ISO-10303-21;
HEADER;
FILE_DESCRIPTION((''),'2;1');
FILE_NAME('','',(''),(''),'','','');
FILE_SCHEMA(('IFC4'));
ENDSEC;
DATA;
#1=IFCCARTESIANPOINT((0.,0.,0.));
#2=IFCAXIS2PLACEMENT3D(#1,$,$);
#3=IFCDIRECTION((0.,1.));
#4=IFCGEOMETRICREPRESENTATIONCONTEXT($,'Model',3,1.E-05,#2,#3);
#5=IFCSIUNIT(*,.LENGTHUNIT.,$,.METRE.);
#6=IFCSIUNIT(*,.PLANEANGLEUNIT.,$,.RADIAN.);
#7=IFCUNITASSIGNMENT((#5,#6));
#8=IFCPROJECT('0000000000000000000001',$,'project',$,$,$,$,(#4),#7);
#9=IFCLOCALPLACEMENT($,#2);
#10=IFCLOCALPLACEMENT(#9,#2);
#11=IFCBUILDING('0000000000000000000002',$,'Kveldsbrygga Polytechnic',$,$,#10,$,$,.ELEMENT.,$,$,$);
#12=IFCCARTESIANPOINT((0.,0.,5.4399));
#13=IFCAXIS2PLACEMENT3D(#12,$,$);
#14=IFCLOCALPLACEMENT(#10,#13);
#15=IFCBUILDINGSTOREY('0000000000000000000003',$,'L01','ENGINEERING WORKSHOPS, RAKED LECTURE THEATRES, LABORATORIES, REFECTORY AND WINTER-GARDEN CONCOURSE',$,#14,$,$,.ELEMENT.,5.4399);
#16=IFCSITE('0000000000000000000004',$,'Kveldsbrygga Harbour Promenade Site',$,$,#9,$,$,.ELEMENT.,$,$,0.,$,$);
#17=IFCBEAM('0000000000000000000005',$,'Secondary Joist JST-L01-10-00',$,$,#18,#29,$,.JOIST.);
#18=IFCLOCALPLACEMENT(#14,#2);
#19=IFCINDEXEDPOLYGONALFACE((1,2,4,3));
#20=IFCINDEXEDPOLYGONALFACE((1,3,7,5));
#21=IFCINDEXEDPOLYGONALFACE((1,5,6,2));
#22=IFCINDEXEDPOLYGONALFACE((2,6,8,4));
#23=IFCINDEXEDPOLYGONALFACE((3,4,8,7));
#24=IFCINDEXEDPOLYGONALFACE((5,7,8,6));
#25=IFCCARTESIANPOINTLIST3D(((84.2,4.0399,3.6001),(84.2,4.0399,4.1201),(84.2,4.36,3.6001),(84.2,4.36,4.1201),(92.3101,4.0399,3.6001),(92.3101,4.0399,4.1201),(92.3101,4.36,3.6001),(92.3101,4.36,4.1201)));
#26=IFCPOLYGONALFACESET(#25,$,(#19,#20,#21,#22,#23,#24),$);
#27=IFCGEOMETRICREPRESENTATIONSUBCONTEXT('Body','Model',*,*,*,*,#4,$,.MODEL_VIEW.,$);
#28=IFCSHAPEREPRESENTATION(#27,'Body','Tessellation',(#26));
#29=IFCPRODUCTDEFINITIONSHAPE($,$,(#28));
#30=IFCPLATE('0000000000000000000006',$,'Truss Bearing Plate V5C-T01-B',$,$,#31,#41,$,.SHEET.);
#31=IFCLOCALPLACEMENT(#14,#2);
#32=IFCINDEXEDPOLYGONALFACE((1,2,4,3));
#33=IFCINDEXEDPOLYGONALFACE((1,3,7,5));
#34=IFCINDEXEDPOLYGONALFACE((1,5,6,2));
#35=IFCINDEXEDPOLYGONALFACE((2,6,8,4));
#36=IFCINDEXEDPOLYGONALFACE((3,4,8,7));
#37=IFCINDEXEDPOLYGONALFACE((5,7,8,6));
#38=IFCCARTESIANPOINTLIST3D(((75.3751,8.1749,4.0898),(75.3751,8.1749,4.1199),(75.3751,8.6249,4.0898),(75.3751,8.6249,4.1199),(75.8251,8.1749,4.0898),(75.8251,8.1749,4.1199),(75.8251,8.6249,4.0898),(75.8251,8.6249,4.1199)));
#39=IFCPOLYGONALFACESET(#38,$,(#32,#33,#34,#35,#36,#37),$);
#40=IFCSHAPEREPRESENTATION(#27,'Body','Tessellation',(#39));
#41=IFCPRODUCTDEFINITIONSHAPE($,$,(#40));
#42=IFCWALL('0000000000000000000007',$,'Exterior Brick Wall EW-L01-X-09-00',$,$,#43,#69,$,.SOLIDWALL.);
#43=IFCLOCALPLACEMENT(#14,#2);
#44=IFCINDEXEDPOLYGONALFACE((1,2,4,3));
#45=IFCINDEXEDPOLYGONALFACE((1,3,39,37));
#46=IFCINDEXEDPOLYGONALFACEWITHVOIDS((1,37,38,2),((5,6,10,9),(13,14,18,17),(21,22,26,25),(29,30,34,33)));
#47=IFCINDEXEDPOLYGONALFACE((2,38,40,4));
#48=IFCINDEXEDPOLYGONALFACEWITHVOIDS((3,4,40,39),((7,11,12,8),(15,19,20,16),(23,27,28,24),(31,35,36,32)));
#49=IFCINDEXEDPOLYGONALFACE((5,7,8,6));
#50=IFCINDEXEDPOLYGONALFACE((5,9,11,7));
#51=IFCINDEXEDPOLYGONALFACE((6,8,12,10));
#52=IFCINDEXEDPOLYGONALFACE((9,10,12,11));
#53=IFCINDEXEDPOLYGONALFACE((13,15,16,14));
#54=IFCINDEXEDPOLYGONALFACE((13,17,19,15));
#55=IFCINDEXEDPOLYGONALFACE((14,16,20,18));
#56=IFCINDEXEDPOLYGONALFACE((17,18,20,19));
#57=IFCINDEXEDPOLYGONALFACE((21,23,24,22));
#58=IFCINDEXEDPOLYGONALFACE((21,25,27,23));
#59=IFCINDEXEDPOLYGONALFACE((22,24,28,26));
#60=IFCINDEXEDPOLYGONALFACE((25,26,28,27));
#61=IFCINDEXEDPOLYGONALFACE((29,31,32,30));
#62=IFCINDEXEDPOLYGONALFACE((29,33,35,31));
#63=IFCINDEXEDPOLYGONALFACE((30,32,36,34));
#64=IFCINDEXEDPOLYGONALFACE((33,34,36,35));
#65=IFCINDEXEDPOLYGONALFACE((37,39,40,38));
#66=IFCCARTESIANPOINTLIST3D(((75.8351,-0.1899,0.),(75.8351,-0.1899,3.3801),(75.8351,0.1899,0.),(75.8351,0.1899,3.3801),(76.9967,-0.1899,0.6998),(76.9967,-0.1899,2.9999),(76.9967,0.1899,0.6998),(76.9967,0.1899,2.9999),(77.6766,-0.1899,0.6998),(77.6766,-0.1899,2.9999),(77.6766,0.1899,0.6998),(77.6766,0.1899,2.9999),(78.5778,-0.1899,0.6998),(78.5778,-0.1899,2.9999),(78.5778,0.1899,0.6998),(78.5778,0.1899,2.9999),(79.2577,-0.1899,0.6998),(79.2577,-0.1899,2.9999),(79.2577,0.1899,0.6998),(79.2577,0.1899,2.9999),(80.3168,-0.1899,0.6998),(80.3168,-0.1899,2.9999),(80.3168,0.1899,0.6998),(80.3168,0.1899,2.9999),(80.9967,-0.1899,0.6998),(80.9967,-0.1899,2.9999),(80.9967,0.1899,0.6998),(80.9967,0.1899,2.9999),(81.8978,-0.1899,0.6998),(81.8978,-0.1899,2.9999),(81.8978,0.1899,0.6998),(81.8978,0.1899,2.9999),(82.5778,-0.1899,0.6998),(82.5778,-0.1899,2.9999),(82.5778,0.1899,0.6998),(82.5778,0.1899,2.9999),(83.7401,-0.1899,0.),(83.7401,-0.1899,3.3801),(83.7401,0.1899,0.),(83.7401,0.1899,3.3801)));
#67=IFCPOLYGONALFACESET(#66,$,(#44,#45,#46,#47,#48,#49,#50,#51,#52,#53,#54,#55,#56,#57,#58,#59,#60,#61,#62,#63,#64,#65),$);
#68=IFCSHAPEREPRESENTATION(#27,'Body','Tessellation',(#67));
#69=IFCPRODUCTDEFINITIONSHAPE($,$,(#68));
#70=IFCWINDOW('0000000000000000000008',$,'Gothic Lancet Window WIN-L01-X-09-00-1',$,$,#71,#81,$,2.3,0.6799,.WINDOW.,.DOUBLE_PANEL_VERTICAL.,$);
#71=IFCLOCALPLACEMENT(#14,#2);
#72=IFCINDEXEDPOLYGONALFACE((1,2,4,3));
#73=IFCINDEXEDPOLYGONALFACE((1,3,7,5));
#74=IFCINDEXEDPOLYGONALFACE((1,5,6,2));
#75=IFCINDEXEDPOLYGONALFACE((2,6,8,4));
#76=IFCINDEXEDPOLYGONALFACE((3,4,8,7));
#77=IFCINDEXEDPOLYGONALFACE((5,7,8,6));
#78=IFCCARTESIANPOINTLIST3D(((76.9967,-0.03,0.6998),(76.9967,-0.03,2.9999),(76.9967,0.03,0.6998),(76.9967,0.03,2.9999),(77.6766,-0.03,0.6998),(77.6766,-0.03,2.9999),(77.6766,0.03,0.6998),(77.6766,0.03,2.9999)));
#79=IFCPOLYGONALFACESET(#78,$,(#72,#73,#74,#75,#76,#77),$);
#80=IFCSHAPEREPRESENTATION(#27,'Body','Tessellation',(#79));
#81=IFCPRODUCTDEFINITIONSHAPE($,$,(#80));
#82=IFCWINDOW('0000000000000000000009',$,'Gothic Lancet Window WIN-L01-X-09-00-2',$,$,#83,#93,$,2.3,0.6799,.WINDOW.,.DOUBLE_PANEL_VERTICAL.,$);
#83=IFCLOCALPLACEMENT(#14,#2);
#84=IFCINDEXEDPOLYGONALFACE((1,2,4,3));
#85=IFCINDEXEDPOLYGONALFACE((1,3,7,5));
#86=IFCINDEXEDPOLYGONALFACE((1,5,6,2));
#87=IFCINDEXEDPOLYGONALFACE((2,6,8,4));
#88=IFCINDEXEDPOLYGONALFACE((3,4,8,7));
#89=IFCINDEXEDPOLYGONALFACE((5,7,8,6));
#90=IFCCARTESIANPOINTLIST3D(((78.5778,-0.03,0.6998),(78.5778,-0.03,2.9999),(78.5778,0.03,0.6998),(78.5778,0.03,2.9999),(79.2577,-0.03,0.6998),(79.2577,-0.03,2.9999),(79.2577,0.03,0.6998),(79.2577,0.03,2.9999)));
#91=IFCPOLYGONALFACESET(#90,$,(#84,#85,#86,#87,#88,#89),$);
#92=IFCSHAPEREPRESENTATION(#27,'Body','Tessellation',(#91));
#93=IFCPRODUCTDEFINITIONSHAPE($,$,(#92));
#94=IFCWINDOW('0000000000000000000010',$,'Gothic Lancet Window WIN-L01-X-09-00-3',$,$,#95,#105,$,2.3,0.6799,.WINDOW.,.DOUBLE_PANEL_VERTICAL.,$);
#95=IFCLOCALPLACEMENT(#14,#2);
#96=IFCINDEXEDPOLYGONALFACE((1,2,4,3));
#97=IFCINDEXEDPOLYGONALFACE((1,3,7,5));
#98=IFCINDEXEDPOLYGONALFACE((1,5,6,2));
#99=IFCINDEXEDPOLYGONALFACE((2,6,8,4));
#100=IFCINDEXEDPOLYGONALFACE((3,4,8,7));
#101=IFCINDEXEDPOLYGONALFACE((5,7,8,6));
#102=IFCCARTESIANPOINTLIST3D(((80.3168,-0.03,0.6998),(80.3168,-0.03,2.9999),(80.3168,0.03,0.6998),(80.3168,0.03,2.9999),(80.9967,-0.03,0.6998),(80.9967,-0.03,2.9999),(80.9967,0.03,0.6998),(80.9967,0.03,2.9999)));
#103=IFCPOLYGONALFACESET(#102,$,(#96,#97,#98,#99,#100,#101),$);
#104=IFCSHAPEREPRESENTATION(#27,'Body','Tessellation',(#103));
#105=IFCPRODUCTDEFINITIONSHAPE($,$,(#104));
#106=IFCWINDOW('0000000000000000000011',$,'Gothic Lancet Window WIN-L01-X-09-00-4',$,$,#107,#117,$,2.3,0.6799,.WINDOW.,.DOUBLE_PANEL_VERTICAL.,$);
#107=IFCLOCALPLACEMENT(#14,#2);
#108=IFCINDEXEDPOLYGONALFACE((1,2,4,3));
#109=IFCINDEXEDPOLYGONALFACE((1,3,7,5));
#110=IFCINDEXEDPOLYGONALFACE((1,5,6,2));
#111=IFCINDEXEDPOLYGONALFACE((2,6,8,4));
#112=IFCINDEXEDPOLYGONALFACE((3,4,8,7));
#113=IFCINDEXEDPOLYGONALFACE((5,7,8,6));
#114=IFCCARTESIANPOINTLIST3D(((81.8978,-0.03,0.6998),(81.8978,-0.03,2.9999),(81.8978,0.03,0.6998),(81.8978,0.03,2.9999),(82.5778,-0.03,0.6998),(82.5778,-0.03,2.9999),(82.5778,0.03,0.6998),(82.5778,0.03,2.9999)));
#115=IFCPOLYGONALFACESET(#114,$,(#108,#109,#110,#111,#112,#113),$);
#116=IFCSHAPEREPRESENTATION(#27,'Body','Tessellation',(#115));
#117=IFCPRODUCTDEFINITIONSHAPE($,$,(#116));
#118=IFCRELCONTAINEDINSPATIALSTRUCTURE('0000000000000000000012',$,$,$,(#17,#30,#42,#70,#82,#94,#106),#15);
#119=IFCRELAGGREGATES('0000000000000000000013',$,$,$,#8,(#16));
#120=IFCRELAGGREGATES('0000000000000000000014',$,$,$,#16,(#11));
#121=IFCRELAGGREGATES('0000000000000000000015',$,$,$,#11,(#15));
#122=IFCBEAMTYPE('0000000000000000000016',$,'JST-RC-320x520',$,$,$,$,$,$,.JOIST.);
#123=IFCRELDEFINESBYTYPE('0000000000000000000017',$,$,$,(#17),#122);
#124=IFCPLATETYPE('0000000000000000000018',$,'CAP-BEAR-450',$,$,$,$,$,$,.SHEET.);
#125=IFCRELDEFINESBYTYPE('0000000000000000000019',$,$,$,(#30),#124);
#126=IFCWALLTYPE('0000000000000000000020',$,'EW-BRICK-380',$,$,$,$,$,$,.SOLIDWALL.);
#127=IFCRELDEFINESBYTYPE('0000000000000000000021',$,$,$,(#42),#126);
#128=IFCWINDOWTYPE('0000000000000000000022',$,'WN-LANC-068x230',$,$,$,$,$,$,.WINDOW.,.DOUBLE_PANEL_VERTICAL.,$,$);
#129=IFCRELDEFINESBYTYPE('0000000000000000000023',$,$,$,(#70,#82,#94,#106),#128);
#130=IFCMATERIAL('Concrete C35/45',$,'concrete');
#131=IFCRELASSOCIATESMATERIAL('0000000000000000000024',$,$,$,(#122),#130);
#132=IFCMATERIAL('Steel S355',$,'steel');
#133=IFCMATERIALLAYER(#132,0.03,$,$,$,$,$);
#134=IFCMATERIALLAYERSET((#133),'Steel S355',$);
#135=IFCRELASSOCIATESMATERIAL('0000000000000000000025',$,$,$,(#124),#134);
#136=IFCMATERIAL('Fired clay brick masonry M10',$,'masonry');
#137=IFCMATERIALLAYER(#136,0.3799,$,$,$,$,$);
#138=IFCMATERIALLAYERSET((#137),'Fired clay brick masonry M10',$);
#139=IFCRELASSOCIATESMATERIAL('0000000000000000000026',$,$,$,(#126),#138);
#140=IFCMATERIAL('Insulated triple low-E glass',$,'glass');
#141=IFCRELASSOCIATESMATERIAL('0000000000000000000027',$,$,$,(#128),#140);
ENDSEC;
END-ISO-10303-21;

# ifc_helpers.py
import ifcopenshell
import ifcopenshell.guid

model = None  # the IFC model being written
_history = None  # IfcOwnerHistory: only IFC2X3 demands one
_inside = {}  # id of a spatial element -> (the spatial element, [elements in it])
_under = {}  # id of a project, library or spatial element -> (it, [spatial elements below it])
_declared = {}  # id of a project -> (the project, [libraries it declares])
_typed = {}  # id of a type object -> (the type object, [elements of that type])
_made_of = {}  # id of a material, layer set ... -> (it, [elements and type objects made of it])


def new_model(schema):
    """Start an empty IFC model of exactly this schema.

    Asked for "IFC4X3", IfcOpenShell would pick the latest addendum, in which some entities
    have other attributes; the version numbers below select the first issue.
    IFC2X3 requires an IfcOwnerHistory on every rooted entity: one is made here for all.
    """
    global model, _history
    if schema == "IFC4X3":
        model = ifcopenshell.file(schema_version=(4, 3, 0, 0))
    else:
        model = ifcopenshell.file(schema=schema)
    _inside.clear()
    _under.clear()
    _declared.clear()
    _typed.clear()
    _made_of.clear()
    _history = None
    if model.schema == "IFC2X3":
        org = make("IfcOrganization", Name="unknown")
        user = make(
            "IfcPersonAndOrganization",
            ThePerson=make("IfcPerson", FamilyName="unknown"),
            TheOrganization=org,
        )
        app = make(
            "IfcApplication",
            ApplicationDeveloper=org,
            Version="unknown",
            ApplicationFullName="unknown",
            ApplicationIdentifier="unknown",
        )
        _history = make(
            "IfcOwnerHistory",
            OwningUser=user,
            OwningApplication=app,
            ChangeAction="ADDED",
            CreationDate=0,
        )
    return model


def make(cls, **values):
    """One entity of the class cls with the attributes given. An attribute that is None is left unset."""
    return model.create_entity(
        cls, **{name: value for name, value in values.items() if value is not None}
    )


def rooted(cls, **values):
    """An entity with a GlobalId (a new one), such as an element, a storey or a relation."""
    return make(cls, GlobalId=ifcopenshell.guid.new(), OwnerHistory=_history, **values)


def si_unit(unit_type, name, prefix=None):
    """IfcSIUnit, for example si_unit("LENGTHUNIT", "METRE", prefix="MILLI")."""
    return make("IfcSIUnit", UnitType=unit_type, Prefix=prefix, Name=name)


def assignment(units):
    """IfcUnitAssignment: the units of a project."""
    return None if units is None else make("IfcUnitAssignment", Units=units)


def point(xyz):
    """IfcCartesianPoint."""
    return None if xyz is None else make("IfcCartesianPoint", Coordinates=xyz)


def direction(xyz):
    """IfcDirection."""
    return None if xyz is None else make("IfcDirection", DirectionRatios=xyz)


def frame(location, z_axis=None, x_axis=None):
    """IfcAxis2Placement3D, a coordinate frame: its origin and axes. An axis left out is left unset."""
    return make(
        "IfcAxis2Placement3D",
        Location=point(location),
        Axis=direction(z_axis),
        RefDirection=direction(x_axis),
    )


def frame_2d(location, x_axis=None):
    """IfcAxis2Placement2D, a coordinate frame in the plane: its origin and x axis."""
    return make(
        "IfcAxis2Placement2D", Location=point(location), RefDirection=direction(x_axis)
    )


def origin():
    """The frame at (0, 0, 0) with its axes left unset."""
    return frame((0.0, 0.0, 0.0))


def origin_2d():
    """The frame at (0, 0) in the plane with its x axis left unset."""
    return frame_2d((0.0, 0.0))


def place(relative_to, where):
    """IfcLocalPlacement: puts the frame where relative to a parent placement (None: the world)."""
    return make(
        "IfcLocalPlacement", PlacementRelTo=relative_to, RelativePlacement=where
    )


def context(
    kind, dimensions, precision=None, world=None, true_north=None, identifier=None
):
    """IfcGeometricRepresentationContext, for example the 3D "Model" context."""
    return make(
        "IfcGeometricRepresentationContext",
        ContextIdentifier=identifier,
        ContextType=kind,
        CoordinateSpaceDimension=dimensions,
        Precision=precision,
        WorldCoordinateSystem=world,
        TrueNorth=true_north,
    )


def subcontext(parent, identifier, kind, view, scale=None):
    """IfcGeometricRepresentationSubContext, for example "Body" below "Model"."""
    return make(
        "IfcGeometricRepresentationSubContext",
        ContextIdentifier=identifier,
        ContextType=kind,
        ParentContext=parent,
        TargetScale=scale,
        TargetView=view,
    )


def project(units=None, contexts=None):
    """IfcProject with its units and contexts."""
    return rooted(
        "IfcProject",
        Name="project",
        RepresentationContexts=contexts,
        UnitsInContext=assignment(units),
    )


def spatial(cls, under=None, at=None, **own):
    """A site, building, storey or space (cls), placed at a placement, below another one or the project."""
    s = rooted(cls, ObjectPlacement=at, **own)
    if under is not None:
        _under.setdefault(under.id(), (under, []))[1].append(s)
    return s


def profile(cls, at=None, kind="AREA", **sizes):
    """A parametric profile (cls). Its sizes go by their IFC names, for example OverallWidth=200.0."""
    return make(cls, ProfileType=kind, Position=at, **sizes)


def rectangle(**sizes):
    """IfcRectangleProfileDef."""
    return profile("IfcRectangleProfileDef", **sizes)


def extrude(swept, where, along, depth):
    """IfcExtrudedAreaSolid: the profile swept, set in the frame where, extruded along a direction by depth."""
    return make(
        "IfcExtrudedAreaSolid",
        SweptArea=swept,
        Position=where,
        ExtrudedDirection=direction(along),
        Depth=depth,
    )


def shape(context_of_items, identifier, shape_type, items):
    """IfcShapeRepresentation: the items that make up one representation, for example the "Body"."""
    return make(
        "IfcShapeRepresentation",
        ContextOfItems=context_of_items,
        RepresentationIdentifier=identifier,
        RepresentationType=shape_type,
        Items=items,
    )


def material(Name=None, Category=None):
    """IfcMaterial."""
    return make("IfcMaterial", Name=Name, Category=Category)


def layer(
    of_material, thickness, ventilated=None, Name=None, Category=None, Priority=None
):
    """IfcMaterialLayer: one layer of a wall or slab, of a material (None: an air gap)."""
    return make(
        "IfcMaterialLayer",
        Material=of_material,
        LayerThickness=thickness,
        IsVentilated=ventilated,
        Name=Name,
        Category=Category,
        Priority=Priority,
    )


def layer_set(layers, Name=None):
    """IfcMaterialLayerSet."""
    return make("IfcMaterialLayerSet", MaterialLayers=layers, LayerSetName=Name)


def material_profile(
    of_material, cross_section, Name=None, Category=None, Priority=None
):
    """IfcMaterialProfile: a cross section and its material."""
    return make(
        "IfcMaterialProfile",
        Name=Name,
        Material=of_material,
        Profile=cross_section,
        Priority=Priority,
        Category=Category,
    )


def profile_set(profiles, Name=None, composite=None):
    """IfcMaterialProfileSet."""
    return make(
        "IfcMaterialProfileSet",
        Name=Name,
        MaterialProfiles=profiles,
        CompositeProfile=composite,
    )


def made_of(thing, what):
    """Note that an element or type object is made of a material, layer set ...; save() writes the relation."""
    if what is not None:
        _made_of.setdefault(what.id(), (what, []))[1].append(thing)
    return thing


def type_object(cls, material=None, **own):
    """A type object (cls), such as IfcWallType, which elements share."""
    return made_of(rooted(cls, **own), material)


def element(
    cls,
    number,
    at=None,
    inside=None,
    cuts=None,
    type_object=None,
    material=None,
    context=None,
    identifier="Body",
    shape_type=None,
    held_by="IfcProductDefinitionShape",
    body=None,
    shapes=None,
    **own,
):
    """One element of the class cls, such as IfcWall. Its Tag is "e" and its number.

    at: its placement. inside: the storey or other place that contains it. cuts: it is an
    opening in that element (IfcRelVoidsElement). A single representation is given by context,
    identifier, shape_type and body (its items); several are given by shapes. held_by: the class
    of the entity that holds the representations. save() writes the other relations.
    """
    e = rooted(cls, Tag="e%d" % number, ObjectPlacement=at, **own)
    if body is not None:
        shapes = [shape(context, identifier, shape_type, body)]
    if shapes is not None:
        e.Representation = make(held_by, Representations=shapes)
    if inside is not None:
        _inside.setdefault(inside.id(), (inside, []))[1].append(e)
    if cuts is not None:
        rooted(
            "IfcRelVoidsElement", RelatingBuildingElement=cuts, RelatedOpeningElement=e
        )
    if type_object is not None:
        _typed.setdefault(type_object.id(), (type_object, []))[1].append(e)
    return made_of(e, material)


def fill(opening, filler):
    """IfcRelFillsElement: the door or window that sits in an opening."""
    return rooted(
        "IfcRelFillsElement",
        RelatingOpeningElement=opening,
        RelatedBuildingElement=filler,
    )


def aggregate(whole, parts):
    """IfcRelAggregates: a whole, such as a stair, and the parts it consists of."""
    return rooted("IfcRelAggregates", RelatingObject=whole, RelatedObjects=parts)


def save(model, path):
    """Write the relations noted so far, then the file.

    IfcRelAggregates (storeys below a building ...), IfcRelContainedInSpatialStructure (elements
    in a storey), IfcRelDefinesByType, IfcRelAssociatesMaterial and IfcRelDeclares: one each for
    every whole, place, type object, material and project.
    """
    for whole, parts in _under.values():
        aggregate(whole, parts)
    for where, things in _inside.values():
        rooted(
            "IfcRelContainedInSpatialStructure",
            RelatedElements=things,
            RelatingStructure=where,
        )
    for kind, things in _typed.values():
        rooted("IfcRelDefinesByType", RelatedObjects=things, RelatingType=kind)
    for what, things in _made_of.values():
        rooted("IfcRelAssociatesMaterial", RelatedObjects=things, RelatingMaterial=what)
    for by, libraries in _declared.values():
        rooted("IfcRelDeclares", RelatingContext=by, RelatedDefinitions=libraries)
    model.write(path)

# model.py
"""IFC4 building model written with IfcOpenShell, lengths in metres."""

from ifc_helpers import new_model, si_unit, direction, frame, frame_2d, origin, origin_2d, place, context, subcontext, project, spatial, rectangle, extrude, material, layer, layer_set, material_profile, profile_set, type_object, element, fill, save


model = new_model("IFC4")

# Units and contexts
model_context = context("Model", 3, precision=1e-05, world=origin(), true_north=direction((0.0, 1.0)))
body_context = subcontext(model_context, "Body", "Model", "MODEL_VIEW")
ifc_project = project(units=[si_unit("LENGTHUNIT", "METRE"), si_unit("PLANEANGLEUNIT", "RADIAN")], contexts=[model_context])

# Site, building, storey
site_placement = place(None, origin())
site = spatial("IfcSite", under=ifc_project, at=site_placement, Name="Kveldsbrygga Harbour Promenade Site", CompositionType="ELEMENT", RefElevation=0.0)
building_placement = place(site_placement, origin())
building = spatial("IfcBuilding", under=site, at=building_placement, Name="Kveldsbrygga Polytechnic", CompositionType="ELEMENT")
storey_placement = place(building_placement, frame((0.0, 0.0, 5.4399)))
storey = spatial("IfcBuildingStorey", under=building, at=storey_placement, Name="L01", Description="ENGINEERING WORKSHOPS, RAKED LECTURE THEATRES, LABORATORIES, REFECTORY AND WINTER-GARDEN CONCOURSE", CompositionType="ELEMENT", Elevation=5.4399)

# Shared definitions
ifc_material_1 = material(Name="Concrete C35/45", Category="concrete")
ifc_material_2 = material(Name="Steel S355", Category="steel")

# Beam
ifc_material_profile_1 = material_profile(ifc_material_1, rectangle(XDim=0.3201, YDim=0.52, at=origin_2d()), Name="RC 320x520")
ifc_profile_set_1 = profile_set([ifc_material_profile_1], Name="Concrete C35/45")
beam_type_1 = type_object("IfcBeamType", Name="JST-RC-320x520", PredefinedType="JOIST", material=ifc_profile_set_1)
beam_1_placement = place(storey_placement, frame((84.2, 4.2, 3.8601), z_axis=(1.0, 0.0, 0.0), x_axis=(0.0, 1.0, 0.0)))
element("IfcBeam", 1, at=beam_1_placement, inside=storey, type_object=beam_type_1, Name="Secondary Joist JST-L01-10-00", PredefinedType="JOIST", context=body_context, shape_type="SweptSolid", body=[
    extrude(rectangle(XDim=0.3201, YDim=0.52, at=origin_2d()), origin(), (0.0, 0.0, 1.0), 8.1101),
])

# Plate
ifc_layer_1 = layer(ifc_material_2, 0.03)
ifc_layer_set_1 = layer_set([ifc_layer_1], Name="Steel S355")
plate_type = type_object("IfcPlateType", Name="CAP-BEAR-450", PredefinedType="SHEET", material=ifc_layer_set_1)
plate_placement = place(storey_placement, frame((75.6001, 8.3999, 4.0898), z_axis=(0.0, 0.0, 1.0), x_axis=(1.0, 0.0, 0.0)))
element("IfcPlate", 2, at=plate_placement, inside=storey, type_object=plate_type, Name="Truss Bearing Plate V5C-T01-B", PredefinedType="SHEET", context=body_context, shape_type="SweptSolid", body=[
    extrude(rectangle(XDim=0.45, YDim=0.45, at=origin_2d()), origin(), (0.0, 0.0, 1.0), 0.03),
])

# Wall, openings, windows
ifc_material_3 = material(Name="Fired clay brick masonry M10", Category="masonry")
ifc_layer_2 = layer(ifc_material_3, 0.3799)
ifc_layer_set_2 = layer_set([ifc_layer_2], Name="Fired clay brick masonry M10")
wall_type_1 = type_object("IfcWallType", Name="EW-BRICK-380", PredefinedType="SOLIDWALL", material=ifc_layer_set_2)
wall_1_placement = place(storey_placement, frame((75.835, 0.0, 0.0), z_axis=(0.0, 0.0, 1.0), x_axis=(1.0, 0.0, 0.0)))
wall_1 = element("IfcWall", 3, at=wall_1_placement, inside=storey, type_object=wall_type_1, Name="Exterior Brick Wall EW-L01-X-09-00", PredefinedType="SOLIDWALL", context=body_context, shape_type="SweptSolid", body=[
    extrude(rectangle(XDim=7.905, YDim=0.3799, at=frame_2d((3.9526, 0.0))), origin(), (0.0, 0.0, 1.0), 3.3801),
])
opening_1_placement = place(wall_1_placement, frame((1.1619, 0.0, 0.7)))
opening_1 = element("IfcOpeningElement", 4, at=opening_1_placement, cuts=wall_1, PredefinedType="OPENING", context=body_context, shape_type="SweptSolid", body=[
    extrude(rectangle(XDim=0.6799, YDim=2.3, at=frame_2d((0.3398, 1.1499))), frame((0.0, 0.2, 0.0), z_axis=(0.0, -1.0, 0.0), x_axis=(1.0, 0.0, 0.0)), (0.0, 0.0, 1.0), 0.3999),
])
opening_2_placement = place(wall_1_placement, frame((2.7429, 0.0, 0.7)))
opening_2 = element("IfcOpeningElement", 5, at=opening_2_placement, cuts=wall_1, PredefinedType="OPENING", context=body_context, shape_type="SweptSolid", body=[
    extrude(rectangle(XDim=0.6799, YDim=2.3, at=frame_2d((0.3398, 1.1499))), frame((0.0, 0.2, 0.0), z_axis=(0.0, -1.0, 0.0), x_axis=(1.0, 0.0, 0.0)), (0.0, 0.0, 1.0), 0.3999),
])
opening_3_placement = place(wall_1_placement, frame((4.4819, 0.0, 0.7)))
opening_3 = element("IfcOpeningElement", 6, at=opening_3_placement, cuts=wall_1, PredefinedType="OPENING", context=body_context, shape_type="SweptSolid", body=[
    extrude(rectangle(XDim=0.6799, YDim=2.3, at=frame_2d((0.3398, 1.1499))), frame((0.0, 0.2, 0.0), z_axis=(0.0, -1.0, 0.0), x_axis=(1.0, 0.0, 0.0)), (0.0, 0.0, 1.0), 0.3999),
])
opening_4_placement = place(wall_1_placement, frame((6.063, 0.0, 0.7)))
opening_4 = element("IfcOpeningElement", 7, at=opening_4_placement, cuts=wall_1, PredefinedType="OPENING", context=body_context, shape_type="SweptSolid", body=[
    extrude(rectangle(XDim=0.6799, YDim=2.3, at=frame_2d((0.3398, 1.1499))), frame((0.0, 0.2, 0.0), z_axis=(0.0, -1.0, 0.0), x_axis=(1.0, 0.0, 0.0)), (0.0, 0.0, 1.0), 0.3999),
])
ifc_material_4 = material(Name="Insulated triple low-E glass", Category="glass")
window_type = type_object("IfcWindowType", Name="WN-LANC-068x230", PartitioningType="DOUBLE_PANEL_VERTICAL", PredefinedType="WINDOW", material=ifc_material_4)
window_1_placement = place(opening_1_placement, origin())
window_1 = element("IfcWindow", 8, at=window_1_placement, inside=storey, type_object=window_type, Name="Gothic Lancet Window WIN-L01-X-09-00-1", OverallHeight=2.3, OverallWidth=0.6799, PartitioningType="DOUBLE_PANEL_VERTICAL", PredefinedType="WINDOW", context=body_context, shape_type="SweptSolid", body=[
    extrude(rectangle(XDim=0.6799, YDim=2.3, at=frame_2d((0.3398, 1.1499))), frame((0.0, 0.03, 0.0), z_axis=(0.0, -1.0, 0.0), x_axis=(1.0, 0.0, 0.0)), (0.0, 0.0, 1.0), 0.0601),
])
fill(opening_1, window_1)
window_2_placement = place(opening_2_placement, origin())
window_2 = element("IfcWindow", 9, at=window_2_placement, inside=storey, type_object=window_type, Name="Gothic Lancet Window WIN-L01-X-09-00-2", OverallHeight=2.3, OverallWidth=0.6799, PartitioningType="DOUBLE_PANEL_VERTICAL", PredefinedType="WINDOW", context=body_context, shape_type="SweptSolid", body=[
    extrude(rectangle(XDim=0.6799, YDim=2.3, at=frame_2d((0.3398, 1.1499))), frame((0.0, 0.03, 0.0), z_axis=(0.0, -1.0, 0.0), x_axis=(1.0, 0.0, 0.0)), (0.0, 0.0, 1.0), 0.0601),
])
fill(opening_2, window_2)
window_3_placement = place(opening_3_placement, origin())
window_3 = element("IfcWindow", 10, at=window_3_placement, inside=storey, type_object=window_type, Name="Gothic Lancet Window WIN-L01-X-09-00-3", OverallHeight=2.3, OverallWidth=0.6799, PartitioningType="DOUBLE_PANEL_VERTICAL", PredefinedType="WINDOW", context=body_context, shape_type="SweptSolid", body=[
    extrude(rectangle(XDim=0.6799, YDim=2.3, at=frame_2d((0.3398, 1.1499))), frame((0.0, 0.03, 0.0), z_axis=(0.0, -1.0, 0.0), x_axis=(1.0, 0.0, 0.0)), (0.0, 0.0, 1.0), 0.0601),
])
fill(opening_3, window_3)
window_4_placement = place(opening_4_placement, origin())
window_4 = element("IfcWindow", 11, at=window_4_placement, inside=storey, type_object=window_type, Name="Gothic Lancet Window WIN-L01-X-09-00-4", OverallHeight=2.3, OverallWidth=0.6799, PartitioningType="DOUBLE_PANEL_VERTICAL", PredefinedType="WINDOW", context=body_context, shape_type="SweptSolid", body=[
    extrude(rectangle(XDim=0.6799, YDim=2.3, at=frame_2d((0.3398, 1.1499))), frame((0.0, 0.03, 0.0), z_axis=(0.0, -1.0, 0.0), x_axis=(1.0, 0.0, 0.0)), (0.0, 0.0, 1.0), 0.0601),
])
fill(opening_4, window_4)

save(model, "model.ifc")
